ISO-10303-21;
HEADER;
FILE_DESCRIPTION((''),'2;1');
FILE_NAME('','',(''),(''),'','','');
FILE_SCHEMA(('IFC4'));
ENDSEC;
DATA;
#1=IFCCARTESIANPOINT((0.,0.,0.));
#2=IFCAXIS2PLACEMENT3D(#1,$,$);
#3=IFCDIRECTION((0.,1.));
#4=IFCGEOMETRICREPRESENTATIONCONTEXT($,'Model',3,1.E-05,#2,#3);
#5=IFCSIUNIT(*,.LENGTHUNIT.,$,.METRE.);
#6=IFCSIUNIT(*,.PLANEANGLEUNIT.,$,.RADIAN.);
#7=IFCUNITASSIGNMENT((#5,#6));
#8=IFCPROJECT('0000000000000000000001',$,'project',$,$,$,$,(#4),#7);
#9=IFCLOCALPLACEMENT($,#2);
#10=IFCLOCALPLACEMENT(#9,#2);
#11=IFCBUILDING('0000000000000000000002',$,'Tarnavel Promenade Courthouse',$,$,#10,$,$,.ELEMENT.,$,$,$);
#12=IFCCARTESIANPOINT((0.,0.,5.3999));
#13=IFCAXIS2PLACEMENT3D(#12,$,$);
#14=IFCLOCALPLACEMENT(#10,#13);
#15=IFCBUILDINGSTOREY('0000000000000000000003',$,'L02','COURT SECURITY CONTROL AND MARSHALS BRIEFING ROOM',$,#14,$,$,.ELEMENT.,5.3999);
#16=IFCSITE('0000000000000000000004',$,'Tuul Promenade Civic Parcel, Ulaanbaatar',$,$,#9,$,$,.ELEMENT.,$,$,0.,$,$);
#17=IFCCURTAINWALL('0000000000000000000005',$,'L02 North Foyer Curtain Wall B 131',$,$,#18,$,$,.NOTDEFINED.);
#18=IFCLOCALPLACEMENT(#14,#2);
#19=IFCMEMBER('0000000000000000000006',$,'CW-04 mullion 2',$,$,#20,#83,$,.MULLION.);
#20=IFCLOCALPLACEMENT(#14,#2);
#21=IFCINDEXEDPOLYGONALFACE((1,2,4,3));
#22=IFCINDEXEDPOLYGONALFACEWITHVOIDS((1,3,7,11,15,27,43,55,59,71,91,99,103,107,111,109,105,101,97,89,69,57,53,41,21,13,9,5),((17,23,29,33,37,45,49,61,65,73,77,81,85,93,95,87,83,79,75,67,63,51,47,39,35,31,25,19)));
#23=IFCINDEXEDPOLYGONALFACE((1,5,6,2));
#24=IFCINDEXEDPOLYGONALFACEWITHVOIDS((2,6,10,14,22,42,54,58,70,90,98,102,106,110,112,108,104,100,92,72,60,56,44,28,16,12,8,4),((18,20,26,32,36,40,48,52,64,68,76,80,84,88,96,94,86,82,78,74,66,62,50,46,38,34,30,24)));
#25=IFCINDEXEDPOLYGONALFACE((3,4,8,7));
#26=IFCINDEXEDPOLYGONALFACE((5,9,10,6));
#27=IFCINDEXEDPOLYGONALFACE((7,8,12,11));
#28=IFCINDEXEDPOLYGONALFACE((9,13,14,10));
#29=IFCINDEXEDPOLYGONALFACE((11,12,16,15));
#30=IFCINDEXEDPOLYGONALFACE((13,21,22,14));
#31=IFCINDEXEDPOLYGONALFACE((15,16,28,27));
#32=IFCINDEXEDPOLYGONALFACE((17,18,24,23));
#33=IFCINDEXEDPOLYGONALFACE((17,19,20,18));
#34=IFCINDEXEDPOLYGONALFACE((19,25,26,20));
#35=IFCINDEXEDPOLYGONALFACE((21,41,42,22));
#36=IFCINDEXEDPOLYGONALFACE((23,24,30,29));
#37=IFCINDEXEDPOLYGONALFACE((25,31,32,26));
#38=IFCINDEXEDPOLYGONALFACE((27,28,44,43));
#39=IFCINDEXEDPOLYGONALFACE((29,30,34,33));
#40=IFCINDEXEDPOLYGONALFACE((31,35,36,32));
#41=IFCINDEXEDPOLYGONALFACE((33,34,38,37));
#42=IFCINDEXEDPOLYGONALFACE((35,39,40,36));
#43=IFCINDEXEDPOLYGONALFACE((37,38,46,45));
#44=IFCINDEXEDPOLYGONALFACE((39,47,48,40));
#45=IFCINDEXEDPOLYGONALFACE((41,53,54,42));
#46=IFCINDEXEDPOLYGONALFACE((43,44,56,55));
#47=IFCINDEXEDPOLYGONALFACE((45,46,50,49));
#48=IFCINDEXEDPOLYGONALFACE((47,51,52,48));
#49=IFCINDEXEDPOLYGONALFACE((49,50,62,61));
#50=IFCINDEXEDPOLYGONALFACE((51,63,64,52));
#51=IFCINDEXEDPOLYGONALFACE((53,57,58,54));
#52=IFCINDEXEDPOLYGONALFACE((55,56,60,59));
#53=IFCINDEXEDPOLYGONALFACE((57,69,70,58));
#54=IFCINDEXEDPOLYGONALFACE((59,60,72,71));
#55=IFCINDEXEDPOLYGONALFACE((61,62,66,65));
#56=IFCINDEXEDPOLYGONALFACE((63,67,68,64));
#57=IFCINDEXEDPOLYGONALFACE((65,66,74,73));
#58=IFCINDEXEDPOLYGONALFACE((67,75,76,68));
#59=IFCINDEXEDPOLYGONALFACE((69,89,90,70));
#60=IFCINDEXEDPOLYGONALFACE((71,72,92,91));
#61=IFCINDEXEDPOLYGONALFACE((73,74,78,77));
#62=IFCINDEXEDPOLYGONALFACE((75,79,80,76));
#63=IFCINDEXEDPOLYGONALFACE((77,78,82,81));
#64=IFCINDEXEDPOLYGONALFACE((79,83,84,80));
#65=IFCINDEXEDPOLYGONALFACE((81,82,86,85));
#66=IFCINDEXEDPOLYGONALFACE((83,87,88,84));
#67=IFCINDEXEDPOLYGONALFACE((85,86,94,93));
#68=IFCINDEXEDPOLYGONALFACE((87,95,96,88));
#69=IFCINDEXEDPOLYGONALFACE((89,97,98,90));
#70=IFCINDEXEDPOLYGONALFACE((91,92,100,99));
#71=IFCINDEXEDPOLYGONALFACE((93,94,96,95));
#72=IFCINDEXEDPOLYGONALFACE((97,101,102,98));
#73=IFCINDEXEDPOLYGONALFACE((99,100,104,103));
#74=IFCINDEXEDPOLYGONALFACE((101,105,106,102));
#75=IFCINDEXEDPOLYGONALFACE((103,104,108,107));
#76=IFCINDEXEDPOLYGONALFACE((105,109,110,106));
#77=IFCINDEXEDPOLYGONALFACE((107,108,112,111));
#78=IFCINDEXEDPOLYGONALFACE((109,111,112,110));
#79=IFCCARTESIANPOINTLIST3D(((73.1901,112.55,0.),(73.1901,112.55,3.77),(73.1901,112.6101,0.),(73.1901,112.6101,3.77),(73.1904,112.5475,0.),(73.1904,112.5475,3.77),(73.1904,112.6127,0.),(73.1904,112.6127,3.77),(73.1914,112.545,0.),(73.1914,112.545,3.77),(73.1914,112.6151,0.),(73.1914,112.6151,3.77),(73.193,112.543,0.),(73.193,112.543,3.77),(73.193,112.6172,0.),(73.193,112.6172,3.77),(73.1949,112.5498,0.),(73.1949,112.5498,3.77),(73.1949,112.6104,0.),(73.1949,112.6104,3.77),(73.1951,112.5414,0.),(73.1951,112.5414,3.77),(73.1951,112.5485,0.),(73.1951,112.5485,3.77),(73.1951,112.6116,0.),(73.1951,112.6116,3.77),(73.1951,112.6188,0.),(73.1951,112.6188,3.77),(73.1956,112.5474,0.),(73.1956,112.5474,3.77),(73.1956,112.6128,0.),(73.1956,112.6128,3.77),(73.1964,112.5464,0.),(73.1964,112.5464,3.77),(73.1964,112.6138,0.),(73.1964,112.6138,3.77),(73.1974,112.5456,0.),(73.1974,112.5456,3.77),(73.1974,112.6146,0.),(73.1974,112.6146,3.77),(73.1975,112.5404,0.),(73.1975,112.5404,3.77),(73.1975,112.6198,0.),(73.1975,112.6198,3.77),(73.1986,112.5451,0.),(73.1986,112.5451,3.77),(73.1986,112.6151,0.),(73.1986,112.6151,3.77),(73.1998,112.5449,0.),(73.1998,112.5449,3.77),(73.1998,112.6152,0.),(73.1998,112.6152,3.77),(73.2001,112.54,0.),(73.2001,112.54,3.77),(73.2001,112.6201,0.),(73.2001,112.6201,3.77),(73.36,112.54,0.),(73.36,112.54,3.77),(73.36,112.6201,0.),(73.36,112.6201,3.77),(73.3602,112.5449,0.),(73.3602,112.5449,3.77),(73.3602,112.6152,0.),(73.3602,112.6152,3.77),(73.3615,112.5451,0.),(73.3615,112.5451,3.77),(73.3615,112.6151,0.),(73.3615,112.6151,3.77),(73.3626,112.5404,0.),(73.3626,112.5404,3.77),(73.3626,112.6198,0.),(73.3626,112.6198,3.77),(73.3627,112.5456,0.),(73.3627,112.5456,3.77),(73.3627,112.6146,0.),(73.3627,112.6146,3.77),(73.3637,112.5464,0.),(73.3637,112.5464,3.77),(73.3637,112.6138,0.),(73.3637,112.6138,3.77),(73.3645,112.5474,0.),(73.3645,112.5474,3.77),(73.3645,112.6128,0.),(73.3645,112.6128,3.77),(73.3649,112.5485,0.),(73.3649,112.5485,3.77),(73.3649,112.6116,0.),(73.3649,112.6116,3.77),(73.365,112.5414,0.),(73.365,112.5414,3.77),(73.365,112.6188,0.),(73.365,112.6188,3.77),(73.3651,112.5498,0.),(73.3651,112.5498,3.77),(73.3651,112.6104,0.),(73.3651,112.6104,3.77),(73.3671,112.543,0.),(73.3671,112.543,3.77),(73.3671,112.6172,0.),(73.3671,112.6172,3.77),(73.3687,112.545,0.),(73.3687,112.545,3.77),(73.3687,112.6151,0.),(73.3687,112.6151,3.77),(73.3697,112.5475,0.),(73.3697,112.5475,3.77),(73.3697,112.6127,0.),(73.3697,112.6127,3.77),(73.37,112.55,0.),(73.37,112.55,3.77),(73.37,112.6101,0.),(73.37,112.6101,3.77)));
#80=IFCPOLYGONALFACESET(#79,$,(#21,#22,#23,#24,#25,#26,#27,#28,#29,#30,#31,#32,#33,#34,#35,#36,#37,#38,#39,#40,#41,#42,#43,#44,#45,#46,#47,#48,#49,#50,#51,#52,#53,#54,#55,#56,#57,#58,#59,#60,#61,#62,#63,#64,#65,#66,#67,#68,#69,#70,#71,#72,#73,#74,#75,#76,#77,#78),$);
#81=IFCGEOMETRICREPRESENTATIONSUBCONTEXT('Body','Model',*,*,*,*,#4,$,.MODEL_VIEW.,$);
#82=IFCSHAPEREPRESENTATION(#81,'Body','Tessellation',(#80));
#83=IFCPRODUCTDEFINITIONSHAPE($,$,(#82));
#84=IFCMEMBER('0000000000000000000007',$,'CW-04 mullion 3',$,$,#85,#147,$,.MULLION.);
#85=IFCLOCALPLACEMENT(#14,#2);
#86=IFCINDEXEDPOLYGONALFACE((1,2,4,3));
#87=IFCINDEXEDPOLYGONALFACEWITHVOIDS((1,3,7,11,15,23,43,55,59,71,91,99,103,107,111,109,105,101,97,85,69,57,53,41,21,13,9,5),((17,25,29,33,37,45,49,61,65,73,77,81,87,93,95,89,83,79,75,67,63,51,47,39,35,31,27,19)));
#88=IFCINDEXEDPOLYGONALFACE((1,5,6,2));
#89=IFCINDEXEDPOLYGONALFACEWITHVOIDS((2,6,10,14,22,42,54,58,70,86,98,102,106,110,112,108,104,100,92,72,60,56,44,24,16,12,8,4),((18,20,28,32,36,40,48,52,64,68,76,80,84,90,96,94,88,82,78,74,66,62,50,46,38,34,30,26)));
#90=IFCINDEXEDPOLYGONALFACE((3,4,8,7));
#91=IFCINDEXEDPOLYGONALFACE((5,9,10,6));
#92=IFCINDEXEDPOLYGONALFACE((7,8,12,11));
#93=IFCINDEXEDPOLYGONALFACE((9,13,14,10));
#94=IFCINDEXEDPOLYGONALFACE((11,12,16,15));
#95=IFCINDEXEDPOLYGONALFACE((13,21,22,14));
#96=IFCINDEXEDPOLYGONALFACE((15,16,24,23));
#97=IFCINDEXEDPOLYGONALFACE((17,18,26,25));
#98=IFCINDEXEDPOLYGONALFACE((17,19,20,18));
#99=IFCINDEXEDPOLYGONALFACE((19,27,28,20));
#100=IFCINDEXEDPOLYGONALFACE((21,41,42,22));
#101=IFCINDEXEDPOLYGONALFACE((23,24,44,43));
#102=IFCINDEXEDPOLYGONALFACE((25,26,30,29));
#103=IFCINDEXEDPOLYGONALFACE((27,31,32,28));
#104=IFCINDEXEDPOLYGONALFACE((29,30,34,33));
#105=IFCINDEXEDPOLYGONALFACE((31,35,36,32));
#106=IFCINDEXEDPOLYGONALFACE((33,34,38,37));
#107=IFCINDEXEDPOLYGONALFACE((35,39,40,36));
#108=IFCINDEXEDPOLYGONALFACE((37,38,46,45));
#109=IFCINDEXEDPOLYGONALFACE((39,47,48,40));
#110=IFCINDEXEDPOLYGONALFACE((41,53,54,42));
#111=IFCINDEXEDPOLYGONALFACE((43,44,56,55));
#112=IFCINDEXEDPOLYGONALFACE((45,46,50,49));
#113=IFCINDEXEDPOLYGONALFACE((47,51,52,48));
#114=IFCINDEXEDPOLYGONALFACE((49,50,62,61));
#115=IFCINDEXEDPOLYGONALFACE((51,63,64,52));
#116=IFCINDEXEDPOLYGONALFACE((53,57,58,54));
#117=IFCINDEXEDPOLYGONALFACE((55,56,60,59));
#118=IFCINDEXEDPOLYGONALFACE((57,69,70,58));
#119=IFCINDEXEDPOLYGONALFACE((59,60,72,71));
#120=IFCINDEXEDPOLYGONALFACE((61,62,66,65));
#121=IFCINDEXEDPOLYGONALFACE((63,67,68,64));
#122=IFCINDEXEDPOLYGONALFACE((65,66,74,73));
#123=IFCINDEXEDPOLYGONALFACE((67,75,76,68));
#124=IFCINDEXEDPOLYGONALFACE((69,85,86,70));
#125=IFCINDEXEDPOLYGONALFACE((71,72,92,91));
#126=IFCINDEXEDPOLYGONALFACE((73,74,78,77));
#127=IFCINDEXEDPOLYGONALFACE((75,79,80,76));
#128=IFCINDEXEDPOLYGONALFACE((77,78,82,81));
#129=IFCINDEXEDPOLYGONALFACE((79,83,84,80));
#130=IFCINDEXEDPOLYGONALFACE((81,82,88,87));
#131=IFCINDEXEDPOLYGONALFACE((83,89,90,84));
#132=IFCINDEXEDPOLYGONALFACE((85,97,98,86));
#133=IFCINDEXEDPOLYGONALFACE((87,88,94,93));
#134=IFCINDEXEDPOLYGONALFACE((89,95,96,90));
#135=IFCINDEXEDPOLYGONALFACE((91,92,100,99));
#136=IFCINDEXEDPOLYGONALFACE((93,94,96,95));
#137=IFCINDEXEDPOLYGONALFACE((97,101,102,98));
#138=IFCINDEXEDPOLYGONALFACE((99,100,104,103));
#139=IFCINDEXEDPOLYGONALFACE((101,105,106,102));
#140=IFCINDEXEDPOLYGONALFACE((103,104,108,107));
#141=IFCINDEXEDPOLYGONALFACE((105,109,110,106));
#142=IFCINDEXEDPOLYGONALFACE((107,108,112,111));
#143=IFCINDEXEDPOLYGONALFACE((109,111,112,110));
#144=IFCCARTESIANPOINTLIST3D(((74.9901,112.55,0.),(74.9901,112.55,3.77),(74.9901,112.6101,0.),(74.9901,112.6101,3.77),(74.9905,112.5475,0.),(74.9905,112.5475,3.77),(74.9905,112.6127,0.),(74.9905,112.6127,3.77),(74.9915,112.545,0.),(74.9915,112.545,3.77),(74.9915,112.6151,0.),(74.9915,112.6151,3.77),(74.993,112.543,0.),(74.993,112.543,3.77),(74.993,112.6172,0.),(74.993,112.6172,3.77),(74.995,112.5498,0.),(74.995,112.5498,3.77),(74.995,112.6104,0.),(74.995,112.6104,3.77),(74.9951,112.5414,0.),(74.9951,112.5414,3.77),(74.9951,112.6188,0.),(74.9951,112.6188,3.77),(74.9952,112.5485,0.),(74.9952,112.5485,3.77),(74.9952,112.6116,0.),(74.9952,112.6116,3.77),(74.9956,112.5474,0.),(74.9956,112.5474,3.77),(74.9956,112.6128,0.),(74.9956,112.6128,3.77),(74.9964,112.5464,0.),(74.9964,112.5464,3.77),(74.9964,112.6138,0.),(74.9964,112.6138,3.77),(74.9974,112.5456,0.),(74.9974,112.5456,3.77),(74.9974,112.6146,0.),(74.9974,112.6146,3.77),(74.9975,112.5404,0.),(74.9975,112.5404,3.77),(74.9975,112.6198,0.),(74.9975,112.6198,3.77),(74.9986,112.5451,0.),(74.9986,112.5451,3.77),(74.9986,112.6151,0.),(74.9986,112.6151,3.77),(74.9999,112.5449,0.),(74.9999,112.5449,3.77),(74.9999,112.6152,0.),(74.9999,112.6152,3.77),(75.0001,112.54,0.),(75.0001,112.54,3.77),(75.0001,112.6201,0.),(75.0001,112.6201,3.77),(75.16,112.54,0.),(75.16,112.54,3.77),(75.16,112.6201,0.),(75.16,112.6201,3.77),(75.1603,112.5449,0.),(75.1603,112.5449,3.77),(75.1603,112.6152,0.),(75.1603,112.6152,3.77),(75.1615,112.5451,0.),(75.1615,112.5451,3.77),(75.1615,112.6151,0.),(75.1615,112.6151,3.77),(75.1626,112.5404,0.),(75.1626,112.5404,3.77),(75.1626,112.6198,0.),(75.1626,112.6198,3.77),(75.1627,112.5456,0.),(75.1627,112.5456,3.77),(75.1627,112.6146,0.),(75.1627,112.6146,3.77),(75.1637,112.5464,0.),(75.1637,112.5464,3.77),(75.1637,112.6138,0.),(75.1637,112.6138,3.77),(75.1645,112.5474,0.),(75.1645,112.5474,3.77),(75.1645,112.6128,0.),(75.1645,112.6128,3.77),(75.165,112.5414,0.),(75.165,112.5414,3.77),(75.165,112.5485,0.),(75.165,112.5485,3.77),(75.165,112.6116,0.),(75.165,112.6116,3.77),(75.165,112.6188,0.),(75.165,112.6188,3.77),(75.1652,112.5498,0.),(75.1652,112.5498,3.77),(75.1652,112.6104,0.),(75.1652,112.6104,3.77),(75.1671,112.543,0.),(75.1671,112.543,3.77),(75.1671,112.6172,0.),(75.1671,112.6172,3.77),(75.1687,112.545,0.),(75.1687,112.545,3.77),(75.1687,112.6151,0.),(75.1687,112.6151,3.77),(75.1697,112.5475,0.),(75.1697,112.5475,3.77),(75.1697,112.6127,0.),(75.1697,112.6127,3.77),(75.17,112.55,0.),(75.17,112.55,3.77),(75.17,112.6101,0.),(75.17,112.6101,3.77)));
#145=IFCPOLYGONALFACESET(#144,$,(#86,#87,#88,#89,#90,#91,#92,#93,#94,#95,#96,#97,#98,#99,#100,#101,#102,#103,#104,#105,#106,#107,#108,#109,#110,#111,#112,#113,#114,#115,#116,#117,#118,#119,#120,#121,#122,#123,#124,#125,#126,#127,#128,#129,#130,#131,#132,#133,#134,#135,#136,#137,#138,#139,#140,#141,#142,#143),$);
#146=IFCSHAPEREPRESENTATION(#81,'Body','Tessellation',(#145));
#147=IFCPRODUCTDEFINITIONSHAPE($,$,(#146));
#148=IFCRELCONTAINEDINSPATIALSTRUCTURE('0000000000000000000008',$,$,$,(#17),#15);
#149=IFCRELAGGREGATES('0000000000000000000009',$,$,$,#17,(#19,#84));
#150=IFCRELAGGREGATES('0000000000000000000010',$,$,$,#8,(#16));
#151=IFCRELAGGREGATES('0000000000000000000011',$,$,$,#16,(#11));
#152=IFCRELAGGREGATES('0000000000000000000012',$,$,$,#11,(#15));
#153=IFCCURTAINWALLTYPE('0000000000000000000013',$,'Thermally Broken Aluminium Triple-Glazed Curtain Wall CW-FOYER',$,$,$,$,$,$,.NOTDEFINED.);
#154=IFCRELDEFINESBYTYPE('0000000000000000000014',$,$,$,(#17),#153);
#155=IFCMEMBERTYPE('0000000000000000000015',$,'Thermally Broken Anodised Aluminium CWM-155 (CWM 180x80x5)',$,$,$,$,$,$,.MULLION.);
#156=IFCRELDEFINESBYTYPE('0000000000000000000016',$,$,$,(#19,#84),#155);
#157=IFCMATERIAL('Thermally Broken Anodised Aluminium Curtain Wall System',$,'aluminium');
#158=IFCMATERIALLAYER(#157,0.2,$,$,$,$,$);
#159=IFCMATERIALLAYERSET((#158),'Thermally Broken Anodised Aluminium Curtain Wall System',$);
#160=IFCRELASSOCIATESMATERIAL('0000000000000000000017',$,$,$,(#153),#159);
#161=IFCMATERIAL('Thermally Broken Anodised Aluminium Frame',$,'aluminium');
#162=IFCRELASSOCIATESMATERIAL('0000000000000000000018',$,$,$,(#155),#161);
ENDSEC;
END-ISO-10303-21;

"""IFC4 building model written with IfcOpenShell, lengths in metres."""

from ifc_helpers import new_model, si_unit, direction, frame, origin, origin_2d, place, context, subcontext, project, spatial, hollow_rectangle, extrude, material, layer, layer_set, material_profile, profile_set, type_object, element, aggregate, save


model = new_model("IFC4")

# Units and contexts
model_context = context("Model", 3, precision=1e-05, world=origin(), true_north=direction((0.0, 1.0)))
body_context = subcontext(model_context, "Body", "Model", "MODEL_VIEW")
ifc_project = project(units=[si_unit("LENGTHUNIT", "METRE"), si_unit("PLANEANGLEUNIT", "RADIAN")], contexts=[model_context])

# Site, building, storey
site_placement = place(None, origin())
site = spatial("IfcSite", under=ifc_project, at=site_placement, Name="Tuul Promenade Civic Parcel, Ulaanbaatar", CompositionType="ELEMENT", RefElevation=0.0)
building_placement = place(site_placement, origin())
building = spatial("IfcBuilding", under=site, at=building_placement, Name="Tarnavel Promenade Courthouse", CompositionType="ELEMENT")
storey_placement = place(building_placement, frame((0.0, 0.0, 5.3999)))
storey = spatial("IfcBuildingStorey", under=building, at=storey_placement, Name="L02", Description="COURT SECURITY CONTROL AND MARSHALS BRIEFING ROOM", CompositionType="ELEMENT", Elevation=5.3999)

# Curtain wall, members
ifc_material_1 = material(Name="Thermally Broken Anodised Aluminium Curtain Wall System", Category="aluminium")
ifc_layer_1 = layer(ifc_material_1, 0.2)
ifc_layer_set_1 = layer_set([ifc_layer_1], Name="Thermally Broken Anodised Aluminium Curtain Wall System")
curtain_wall_type = type_object("IfcCurtainWallType", Name="Thermally Broken Aluminium Triple-Glazed Curtain Wall CW-FOYER", PredefinedType="NOTDEFINED", material=ifc_layer_set_1)
ifc_material_2 = material(Name="Thermally Broken Anodised Aluminium Frame", Category="aluminium")
ifc_material_profile_1 = material_profile(ifc_material_2, hollow_rectangle(XDim=0.0801, YDim=0.1799, WallThickness=0.0049, InnerFilletRadius=0.0049, OuterFilletRadius=0.01, at=origin_2d()), Name="CWM 180x80x5")
ifc_profile_set_1 = profile_set([ifc_material_profile_1], Name="Thermally Broken Anodised Aluminium Frame")
member_type_1 = type_object("IfcMemberType", Name="Thermally Broken Anodised Aluminium CWM-155 (CWM 180x80x5)", PredefinedType="MULLION", material=ifc_profile_set_1)
curtain_wall_1_placement = place(storey_placement, origin())
curtain_wall_1 = element("IfcCurtainWall", 1, at=curtain_wall_1_placement, inside=storey, type_object=curtain_wall_type, Name="L02 North Foyer Curtain Wall B 131", PredefinedType="NOTDEFINED")
member_1_placement = place(storey_placement, frame((73.28, 112.5801, 0.0), z_axis=(0.0, 0.0, 1.0), x_axis=(0.0, 1.0, 0.0)))
member_1 = element("IfcMember", 2, at=member_1_placement, type_object=member_type_1, Name="CW-04 mullion 2", PredefinedType="MULLION", context=body_context, shape_type="SweptSolid", body=[
    extrude(hollow_rectangle(XDim=0.0801, YDim=0.1799, WallThickness=0.0049, InnerFilletRadius=0.0049, OuterFilletRadius=0.01, at=origin_2d()), origin(), (0.0, 0.0, 1.0), 3.77),
])
member_2_placement = place(storey_placement, frame((75.0801, 112.5801, 0.0), z_axis=(0.0, 0.0, 1.0), x_axis=(0.0, 1.0, 0.0)))
member_2 = element("IfcMember", 3, at=member_2_placement, type_object=member_type_1, Name="CW-04 mullion 3", PredefinedType="MULLION", context=body_context, shape_type="SweptSolid", body=[
    extrude(hollow_rectangle(XDim=0.0801, YDim=0.1799, WallThickness=0.0049, InnerFilletRadius=0.0049, OuterFilletRadius=0.01, at=origin_2d()), origin(), (0.0, 0.0, 1.0), 3.77),
])

aggregate(curtain_wall_1, [member_1, member_2])

save(model, "model.ifc")
